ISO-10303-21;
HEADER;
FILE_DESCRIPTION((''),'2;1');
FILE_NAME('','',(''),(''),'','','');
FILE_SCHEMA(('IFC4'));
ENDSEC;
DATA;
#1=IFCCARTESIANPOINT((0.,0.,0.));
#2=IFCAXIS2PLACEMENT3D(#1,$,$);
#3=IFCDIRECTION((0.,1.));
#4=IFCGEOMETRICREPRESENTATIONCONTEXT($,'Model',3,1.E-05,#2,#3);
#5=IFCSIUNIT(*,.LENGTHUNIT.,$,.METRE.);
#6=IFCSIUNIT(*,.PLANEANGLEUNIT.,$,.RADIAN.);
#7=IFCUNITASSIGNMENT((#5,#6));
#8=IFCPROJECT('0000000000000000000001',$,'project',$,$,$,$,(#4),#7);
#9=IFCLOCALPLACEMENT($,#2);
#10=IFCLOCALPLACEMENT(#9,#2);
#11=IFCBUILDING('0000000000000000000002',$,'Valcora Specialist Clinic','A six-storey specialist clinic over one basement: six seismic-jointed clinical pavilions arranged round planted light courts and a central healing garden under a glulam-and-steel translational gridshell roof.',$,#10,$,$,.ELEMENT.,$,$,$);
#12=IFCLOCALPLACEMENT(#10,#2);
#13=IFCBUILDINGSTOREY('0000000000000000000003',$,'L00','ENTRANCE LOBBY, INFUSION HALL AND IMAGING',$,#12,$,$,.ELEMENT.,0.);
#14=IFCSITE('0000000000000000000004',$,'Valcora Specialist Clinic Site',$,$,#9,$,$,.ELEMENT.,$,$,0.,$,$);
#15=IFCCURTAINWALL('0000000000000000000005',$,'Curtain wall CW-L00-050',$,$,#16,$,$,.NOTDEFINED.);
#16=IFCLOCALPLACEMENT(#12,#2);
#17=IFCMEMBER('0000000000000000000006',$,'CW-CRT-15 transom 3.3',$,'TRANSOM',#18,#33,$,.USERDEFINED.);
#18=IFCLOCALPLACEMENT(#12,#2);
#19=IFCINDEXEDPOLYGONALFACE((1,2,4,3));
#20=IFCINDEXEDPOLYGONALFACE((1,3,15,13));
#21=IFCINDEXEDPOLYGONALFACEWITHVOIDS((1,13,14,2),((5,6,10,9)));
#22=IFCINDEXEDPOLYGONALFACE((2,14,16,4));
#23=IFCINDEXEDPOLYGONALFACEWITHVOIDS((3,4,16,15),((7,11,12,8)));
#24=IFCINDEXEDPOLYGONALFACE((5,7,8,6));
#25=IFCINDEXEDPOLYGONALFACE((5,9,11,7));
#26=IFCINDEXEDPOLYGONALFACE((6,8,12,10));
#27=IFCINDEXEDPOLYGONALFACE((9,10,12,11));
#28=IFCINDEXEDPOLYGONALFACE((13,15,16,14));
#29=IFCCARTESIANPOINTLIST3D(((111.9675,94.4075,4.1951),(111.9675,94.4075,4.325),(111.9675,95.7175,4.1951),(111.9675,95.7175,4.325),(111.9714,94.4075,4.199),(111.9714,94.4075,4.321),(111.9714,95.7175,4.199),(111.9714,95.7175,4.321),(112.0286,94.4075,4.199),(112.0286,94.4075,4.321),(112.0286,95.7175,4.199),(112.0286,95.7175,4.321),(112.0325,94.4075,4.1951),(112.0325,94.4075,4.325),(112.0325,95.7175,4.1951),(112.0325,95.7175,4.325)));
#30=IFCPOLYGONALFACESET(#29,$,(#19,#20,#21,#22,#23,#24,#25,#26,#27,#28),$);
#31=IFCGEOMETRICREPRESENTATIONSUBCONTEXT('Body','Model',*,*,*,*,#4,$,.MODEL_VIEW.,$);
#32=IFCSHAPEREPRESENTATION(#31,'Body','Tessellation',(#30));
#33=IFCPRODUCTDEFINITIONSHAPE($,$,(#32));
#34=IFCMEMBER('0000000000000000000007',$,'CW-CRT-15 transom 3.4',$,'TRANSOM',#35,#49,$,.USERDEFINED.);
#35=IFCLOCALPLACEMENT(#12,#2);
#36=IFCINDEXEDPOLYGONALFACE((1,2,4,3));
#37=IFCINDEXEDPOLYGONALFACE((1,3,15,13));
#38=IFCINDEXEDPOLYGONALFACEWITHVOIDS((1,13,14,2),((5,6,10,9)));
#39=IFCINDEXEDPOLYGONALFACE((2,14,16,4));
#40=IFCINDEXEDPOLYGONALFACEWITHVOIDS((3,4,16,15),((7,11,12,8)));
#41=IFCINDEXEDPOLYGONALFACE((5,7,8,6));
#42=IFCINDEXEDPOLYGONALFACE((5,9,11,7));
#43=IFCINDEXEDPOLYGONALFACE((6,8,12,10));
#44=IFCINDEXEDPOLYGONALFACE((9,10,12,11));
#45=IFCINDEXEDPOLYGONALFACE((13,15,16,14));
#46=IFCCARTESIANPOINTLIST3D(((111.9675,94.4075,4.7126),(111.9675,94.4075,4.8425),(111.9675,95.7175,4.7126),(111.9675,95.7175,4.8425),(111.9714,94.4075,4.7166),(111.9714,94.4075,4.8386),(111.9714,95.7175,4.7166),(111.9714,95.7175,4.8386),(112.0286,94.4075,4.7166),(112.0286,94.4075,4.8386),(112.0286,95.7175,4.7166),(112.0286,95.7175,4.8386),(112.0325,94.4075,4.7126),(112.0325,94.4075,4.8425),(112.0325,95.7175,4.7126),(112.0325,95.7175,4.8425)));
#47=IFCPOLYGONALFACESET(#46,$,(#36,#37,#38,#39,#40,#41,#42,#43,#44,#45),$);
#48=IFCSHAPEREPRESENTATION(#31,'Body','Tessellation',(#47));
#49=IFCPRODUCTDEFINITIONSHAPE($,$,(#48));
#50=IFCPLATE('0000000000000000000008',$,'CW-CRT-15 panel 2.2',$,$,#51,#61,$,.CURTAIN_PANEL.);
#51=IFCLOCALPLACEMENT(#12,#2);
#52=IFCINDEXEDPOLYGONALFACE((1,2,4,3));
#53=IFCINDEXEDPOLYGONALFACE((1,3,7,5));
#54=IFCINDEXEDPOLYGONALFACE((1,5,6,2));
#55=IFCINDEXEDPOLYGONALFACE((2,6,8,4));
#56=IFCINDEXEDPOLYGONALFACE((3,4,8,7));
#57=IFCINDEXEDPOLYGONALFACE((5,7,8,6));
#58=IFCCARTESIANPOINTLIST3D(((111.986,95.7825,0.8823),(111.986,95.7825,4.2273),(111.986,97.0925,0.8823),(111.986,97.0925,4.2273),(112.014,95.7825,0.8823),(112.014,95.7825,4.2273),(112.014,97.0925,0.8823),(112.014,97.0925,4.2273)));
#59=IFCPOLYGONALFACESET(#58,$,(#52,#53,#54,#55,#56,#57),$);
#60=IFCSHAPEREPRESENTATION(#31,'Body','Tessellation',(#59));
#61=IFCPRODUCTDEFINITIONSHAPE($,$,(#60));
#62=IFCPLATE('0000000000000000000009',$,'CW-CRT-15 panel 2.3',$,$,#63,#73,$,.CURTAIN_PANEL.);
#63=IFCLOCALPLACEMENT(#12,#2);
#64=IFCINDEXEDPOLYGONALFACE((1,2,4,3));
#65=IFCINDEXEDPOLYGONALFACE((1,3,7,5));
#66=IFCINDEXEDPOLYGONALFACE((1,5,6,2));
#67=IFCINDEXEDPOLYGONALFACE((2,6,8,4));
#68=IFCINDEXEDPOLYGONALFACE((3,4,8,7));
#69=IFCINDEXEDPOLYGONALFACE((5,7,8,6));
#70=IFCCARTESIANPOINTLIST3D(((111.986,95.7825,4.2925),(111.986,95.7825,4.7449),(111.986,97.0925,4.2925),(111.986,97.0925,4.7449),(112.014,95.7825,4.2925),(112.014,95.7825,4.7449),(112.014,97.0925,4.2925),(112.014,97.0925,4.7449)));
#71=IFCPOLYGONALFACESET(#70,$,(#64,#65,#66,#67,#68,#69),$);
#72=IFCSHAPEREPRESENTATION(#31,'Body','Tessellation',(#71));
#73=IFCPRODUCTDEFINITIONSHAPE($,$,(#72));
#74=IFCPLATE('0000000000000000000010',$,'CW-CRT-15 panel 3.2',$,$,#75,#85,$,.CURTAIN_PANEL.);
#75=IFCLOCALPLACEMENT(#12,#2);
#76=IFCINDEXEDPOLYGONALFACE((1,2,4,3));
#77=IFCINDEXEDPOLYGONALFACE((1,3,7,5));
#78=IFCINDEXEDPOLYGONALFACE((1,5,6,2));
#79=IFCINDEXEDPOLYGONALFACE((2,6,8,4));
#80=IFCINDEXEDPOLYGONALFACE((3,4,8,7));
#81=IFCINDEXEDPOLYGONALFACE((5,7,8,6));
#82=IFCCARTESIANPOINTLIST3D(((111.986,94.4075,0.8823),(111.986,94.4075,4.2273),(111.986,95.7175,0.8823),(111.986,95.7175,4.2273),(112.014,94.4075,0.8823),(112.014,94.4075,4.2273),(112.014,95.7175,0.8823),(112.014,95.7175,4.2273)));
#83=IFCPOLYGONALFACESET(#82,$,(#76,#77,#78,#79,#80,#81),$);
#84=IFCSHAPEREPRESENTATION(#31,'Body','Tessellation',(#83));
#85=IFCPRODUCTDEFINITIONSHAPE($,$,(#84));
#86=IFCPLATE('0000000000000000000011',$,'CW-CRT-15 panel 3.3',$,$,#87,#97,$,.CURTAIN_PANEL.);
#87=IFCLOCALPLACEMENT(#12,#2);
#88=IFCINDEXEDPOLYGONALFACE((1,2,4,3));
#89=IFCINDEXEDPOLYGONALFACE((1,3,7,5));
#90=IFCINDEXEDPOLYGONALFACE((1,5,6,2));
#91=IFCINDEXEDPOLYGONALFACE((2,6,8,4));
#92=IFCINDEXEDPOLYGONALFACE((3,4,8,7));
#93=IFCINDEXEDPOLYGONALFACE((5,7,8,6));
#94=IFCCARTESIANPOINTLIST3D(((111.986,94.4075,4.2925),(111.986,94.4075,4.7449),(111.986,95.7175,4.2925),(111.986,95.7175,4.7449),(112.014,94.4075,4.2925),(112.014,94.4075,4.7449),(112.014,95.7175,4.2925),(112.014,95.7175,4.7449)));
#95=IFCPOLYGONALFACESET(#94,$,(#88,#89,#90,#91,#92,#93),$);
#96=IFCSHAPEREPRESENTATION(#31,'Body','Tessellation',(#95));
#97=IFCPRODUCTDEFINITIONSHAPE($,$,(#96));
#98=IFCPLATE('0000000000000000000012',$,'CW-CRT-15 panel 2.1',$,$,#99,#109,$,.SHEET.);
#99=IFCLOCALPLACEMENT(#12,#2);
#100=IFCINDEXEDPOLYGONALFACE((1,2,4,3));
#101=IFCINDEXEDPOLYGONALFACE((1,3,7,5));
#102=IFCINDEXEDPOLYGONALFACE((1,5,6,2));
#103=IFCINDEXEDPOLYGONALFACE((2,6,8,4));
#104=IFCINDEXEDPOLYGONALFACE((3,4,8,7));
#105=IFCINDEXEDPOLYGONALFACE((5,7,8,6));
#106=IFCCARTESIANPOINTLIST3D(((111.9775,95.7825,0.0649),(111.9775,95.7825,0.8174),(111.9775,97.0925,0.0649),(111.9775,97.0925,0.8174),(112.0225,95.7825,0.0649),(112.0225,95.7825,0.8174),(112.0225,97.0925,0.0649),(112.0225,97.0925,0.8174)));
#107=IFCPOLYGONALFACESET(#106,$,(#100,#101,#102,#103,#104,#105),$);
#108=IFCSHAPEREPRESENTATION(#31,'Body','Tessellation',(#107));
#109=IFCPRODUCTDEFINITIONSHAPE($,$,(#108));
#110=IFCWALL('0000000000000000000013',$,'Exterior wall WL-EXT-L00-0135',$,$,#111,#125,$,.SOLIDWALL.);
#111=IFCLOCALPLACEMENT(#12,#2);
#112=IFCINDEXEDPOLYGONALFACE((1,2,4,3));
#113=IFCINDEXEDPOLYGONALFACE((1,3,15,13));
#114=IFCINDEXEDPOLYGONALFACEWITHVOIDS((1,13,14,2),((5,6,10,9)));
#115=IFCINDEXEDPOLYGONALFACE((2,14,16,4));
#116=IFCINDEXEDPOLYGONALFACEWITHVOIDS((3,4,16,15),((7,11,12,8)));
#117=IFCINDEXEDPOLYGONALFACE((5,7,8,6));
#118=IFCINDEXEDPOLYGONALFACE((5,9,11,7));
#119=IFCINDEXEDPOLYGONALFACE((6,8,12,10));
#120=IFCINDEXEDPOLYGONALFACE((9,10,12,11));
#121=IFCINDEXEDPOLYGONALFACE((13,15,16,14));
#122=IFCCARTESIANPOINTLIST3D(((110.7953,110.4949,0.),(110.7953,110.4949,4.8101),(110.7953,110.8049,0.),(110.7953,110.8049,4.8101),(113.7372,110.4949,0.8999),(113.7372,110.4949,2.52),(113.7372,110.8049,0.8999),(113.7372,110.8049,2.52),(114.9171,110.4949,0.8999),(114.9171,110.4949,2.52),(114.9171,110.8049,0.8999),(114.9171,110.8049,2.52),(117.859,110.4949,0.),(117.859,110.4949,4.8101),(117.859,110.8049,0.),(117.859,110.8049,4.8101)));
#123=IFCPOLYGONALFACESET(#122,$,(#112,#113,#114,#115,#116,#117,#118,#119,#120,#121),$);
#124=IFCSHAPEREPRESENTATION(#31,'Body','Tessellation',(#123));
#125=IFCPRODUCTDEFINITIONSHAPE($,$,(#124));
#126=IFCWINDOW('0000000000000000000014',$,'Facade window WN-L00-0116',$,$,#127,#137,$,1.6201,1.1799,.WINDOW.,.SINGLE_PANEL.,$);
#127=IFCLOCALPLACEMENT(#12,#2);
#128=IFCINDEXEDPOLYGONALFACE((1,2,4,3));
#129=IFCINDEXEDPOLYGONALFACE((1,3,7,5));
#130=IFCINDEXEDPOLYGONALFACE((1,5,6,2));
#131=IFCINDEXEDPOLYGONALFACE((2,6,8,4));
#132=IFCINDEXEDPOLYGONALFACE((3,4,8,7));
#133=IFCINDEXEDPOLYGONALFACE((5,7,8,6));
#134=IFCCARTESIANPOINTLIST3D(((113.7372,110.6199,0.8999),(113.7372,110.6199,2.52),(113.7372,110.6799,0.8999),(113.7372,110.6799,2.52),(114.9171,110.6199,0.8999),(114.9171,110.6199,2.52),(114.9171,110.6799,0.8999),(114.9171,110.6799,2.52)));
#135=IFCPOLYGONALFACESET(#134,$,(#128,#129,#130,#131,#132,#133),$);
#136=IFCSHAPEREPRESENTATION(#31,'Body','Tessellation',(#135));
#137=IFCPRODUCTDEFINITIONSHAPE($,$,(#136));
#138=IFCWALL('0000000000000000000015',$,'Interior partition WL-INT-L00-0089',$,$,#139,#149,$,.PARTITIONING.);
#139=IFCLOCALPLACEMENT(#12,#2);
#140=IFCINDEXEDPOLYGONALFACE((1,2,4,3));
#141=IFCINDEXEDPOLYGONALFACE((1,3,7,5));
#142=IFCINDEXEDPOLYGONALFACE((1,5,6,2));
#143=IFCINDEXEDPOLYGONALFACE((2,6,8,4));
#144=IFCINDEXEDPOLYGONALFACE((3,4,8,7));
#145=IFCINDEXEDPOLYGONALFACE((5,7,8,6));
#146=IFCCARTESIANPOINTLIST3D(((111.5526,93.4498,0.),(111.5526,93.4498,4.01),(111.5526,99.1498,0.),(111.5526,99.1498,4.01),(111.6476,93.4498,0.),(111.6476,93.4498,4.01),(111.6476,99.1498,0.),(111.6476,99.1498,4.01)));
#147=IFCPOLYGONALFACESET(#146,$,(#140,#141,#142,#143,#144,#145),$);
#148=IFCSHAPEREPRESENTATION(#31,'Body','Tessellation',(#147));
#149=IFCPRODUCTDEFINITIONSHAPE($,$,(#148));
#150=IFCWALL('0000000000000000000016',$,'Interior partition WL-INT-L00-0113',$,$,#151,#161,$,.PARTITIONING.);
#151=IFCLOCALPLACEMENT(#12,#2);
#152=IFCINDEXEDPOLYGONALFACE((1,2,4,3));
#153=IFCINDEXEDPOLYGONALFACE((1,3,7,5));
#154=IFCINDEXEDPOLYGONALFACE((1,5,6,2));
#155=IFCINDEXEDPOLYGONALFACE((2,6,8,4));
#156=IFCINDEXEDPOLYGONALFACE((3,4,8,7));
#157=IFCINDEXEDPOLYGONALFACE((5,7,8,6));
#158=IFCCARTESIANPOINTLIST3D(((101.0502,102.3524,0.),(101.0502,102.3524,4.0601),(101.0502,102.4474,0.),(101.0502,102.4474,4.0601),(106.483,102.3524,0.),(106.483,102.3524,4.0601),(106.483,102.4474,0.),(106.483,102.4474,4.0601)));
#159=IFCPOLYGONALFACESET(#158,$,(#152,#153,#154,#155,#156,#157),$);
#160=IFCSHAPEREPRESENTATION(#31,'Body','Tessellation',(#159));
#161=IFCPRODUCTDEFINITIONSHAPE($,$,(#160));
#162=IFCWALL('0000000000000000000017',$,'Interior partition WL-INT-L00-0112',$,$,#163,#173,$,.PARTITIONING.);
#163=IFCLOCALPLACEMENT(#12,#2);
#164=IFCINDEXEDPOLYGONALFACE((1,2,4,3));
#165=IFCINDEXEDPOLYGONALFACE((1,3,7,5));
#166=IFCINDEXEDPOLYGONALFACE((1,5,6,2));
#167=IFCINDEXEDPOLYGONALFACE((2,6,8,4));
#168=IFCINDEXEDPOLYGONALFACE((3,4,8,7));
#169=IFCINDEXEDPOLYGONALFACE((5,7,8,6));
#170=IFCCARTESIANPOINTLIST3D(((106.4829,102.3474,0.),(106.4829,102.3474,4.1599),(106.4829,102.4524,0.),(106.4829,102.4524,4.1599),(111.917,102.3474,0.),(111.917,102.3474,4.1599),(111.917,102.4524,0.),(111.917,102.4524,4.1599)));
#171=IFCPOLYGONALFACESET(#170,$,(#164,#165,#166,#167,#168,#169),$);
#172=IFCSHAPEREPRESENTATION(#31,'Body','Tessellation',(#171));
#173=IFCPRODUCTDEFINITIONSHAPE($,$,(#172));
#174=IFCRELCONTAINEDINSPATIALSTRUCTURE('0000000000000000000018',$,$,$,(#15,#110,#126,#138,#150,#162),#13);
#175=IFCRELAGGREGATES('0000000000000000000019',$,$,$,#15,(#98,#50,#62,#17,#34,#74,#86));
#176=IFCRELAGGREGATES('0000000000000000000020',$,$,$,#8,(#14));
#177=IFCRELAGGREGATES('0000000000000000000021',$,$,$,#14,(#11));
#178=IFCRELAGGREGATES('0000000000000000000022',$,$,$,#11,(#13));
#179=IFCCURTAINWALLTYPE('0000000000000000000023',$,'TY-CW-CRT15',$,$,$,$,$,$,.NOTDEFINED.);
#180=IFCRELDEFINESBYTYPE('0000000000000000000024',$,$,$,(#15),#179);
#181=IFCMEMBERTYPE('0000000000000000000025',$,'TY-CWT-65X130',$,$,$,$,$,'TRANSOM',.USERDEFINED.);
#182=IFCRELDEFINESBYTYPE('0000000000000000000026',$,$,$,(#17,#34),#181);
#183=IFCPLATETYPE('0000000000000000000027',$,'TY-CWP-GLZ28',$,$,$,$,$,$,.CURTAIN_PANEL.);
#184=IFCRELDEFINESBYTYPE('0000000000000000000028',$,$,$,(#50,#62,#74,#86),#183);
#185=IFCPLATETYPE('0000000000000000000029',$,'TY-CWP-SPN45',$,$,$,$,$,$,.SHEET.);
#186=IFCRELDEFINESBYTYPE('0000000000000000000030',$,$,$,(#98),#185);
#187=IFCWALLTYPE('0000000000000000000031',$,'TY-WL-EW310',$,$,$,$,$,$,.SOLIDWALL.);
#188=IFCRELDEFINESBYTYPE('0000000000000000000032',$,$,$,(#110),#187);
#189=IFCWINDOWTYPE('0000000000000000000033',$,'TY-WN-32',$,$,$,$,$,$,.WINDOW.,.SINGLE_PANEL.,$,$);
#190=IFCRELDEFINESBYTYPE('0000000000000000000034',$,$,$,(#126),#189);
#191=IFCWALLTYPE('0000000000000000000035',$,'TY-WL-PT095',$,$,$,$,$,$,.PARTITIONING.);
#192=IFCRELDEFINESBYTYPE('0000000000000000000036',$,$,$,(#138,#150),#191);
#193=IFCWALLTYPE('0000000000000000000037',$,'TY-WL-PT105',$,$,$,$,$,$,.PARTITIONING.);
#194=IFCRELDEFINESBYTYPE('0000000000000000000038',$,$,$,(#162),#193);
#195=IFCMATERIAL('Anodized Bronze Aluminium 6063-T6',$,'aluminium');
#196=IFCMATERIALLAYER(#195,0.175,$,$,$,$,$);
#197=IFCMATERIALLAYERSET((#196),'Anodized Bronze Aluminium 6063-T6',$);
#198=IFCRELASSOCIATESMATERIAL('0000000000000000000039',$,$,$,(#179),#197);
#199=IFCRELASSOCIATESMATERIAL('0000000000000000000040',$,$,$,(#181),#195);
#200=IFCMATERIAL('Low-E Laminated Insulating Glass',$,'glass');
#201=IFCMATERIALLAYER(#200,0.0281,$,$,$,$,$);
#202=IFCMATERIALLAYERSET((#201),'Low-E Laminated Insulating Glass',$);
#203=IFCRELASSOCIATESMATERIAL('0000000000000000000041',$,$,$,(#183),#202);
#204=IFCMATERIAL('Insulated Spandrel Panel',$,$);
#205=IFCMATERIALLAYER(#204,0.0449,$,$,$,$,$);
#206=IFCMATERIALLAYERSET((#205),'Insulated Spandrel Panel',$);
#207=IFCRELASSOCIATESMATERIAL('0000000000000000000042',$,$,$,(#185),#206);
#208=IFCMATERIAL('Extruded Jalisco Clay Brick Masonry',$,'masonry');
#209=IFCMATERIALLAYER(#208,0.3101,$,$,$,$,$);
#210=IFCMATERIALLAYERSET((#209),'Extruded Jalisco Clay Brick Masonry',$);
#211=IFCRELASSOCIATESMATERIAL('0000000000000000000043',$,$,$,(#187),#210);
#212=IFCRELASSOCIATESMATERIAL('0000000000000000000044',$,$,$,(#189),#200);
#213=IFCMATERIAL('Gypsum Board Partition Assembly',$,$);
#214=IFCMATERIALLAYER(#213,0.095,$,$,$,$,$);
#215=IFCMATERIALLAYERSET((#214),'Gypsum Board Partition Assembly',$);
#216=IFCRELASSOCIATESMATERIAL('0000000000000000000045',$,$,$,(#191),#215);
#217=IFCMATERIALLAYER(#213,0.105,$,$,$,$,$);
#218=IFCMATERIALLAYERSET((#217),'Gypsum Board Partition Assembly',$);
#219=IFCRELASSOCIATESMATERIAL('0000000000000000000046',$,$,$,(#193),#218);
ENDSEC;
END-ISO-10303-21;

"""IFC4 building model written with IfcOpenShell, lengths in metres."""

from ifc_helpers import new_model, si_unit, direction, frame, frame_2d, origin, origin_2d, place, context, subcontext, project, spatial, rectangle, hollow_rectangle, extrude, material, layer, layer_set, material_profile, profile_set, type_object, element, fill, aggregate, save


model = new_model("IFC4")

# Units and contexts
model_context = context("Model", 3, precision=1e-05, world=origin(), true_north=direction((0.0, 1.0)))
body_context = subcontext(model_context, "Body", "Model", "MODEL_VIEW")
ifc_project = project(units=[si_unit("LENGTHUNIT", "METRE"), si_unit("PLANEANGLEUNIT", "RADIAN")], contexts=[model_context])

# Site, building, storey
site_placement = place(None, origin())
site = spatial("IfcSite", under=ifc_project, at=site_placement, Name="Valcora Specialist Clinic Site", CompositionType="ELEMENT", RefElevation=0.0)
building_placement = place(site_placement, origin())
building = spatial("IfcBuilding", under=site, at=building_placement, Name="Valcora Specialist Clinic", Description="A six-storey specialist clinic over one basement: six seismic-jointed clinical pavilions arranged round planted light courts and a central healing garden under a glulam-and-steel translational gridshell roof.", CompositionType="ELEMENT")
storey_placement = place(building_placement, origin())
storey = spatial("IfcBuildingStorey", under=building, at=storey_placement, Name="L00", Description="ENTRANCE LOBBY, INFUSION HALL AND IMAGING", CompositionType="ELEMENT", Elevation=0.0)

# Curtain wall, members, plates
ifc_material_1 = material(Name="Anodized Bronze Aluminium 6063-T6", Category="aluminium")
ifc_layer_1 = layer(ifc_material_1, 0.175)
ifc_layer_set_1 = layer_set([ifc_layer_1], Name="Anodized Bronze Aluminium 6063-T6")
curtain_wall_type = type_object("IfcCurtainWallType", Name="TY-CW-CRT15", PredefinedType="NOTDEFINED", material=ifc_layer_set_1)
curtain_wall_placement = place(storey_placement, origin())
curtain_wall = element("IfcCurtainWall", 1, at=curtain_wall_placement, inside=storey, type_object=curtain_wall_type, Name="Curtain wall CW-L00-050", PredefinedType="NOTDEFINED")
ifc_material_profile_1 = material_profile(ifc_material_1, hollow_rectangle(XDim=0.0649, YDim=0.1299, WallThickness=0.0039, at=origin_2d()), Name="AL-TRN-65X130")
ifc_profile_set_1 = profile_set([ifc_material_profile_1], Name="Anodized Bronze Aluminium 6063-T6")
member_type_1 = type_object("IfcMemberType", Name="TY-CWT-65X130", ElementType="TRANSOM", PredefinedType="USERDEFINED", material=ifc_profile_set_1)
member_1_placement = place(storey_placement, frame((112.0, 95.7175, 4.26), z_axis=(0.0, -1.0, 0.0), x_axis=(1.0, 0.0, 0.0)))
member_1 = element("IfcMember", 2, at=member_1_placement, type_object=member_type_1, Name="CW-CRT-15 transom 3.3", ObjectType="TRANSOM", PredefinedType="USERDEFINED", context=body_context, shape_type="SweptSolid", body=[
    extrude(hollow_rectangle(XDim=0.0649, YDim=0.1299, WallThickness=0.0039, at=origin_2d()), origin(), (0.0, 0.0, 1.0), 1.3101),
])
member_2_placement = place(storey_placement, frame((112.0, 95.7175, 4.7776), z_axis=(0.0, -1.0, 0.0), x_axis=(1.0, 0.0, 0.0)))
member_2 = element("IfcMember", 3, at=member_2_placement, type_object=member_type_1, Name="CW-CRT-15 transom 3.4", ObjectType="TRANSOM", PredefinedType="USERDEFINED", context=body_context, shape_type="SweptSolid", body=[
    extrude(hollow_rectangle(XDim=0.0649, YDim=0.1299, WallThickness=0.0039, at=origin_2d()), origin(), (0.0, 0.0, 1.0), 1.3101),
])
ifc_material_2 = material(Name="Low-E Laminated Insulating Glass", Category="glass")
ifc_layer_2 = layer(ifc_material_2, 0.0281)
ifc_layer_set_2 = layer_set([ifc_layer_2], Name="Low-E Laminated Insulating Glass")
plate_type_1 = type_object("IfcPlateType", Name="TY-CWP-GLZ28", PredefinedType="CURTAIN_PANEL", material=ifc_layer_set_2)
plate_1_placement = place(storey_placement, frame((112.0, 96.4375, 0.8823), z_axis=(0.0, 0.0, 1.0), x_axis=(0.0, -1.0, 0.0)))
plate_1 = element("IfcPlate", 4, at=plate_1_placement, type_object=plate_type_1, Name="CW-CRT-15 panel 2.2", PredefinedType="CURTAIN_PANEL", context=body_context, shape_type="SweptSolid", body=[
    extrude(rectangle(XDim=1.3101, YDim=0.0281, at=origin_2d()), origin(), (0.0, 0.0, 1.0), 3.345),
])
plate_2_placement = place(storey_placement, frame((112.0, 96.4375, 4.2925), z_axis=(0.0, 0.0, 1.0), x_axis=(0.0, -1.0, 0.0)))
plate_2 = element("IfcPlate", 5, at=plate_2_placement, type_object=plate_type_1, Name="CW-CRT-15 panel 2.3", PredefinedType="CURTAIN_PANEL", context=body_context, shape_type="SweptSolid", body=[
    extrude(rectangle(XDim=1.3101, YDim=0.0281, at=origin_2d()), origin(), (0.0, 0.0, 1.0), 0.4524),
])
plate_3_placement = place(storey_placement, frame((112.0, 95.0625, 0.8823), z_axis=(0.0, 0.0, 1.0), x_axis=(0.0, -1.0, 0.0)))
plate_3 = element("IfcPlate", 6, at=plate_3_placement, type_object=plate_type_1, Name="CW-CRT-15 panel 3.2", PredefinedType="CURTAIN_PANEL", context=body_context, shape_type="SweptSolid", body=[
    extrude(rectangle(XDim=1.3101, YDim=0.0281, at=origin_2d()), origin(), (0.0, 0.0, 1.0), 3.345),
])
plate_4_placement = place(storey_placement, frame((112.0, 95.0625, 4.2925), z_axis=(0.0, 0.0, 1.0), x_axis=(0.0, -1.0, 0.0)))
plate_4 = element("IfcPlate", 7, at=plate_4_placement, type_object=plate_type_1, Name="CW-CRT-15 panel 3.3", PredefinedType="CURTAIN_PANEL", context=body_context, shape_type="SweptSolid", body=[
    extrude(rectangle(XDim=1.3101, YDim=0.0281, at=origin_2d()), origin(), (0.0, 0.0, 1.0), 0.4524),
])
ifc_material_3 = material(Name="Insulated Spandrel Panel")
ifc_layer_3 = layer(ifc_material_3, 0.0449)
ifc_layer_set_3 = layer_set([ifc_layer_3], Name="Insulated Spandrel Panel")
plate_type_2 = type_object("IfcPlateType", Name="TY-CWP-SPN45", PredefinedType="SHEET", material=ifc_layer_set_3)
plate_5_placement = place(storey_placement, frame((112.0, 96.4375, 0.0649), z_axis=(0.0, 0.0, 1.0), x_axis=(0.0, -1.0, 0.0)))
plate_5 = element("IfcPlate", 8, at=plate_5_placement, type_object=plate_type_2, Name="CW-CRT-15 panel 2.1", PredefinedType="SHEET", context=body_context, shape_type="SweptSolid", body=[
    extrude(rectangle(XDim=1.3101, YDim=0.0449, at=origin_2d()), origin(), (0.0, 0.0, 1.0), 0.7524),
])
aggregate(curtain_wall, [plate_5, plate_1, plate_2, member_1, member_2, plate_3, plate_4])

# Wall, opening, window
ifc_material_4 = material(Name="Extruded Jalisco Clay Brick Masonry", Category="masonry")
ifc_layer_4 = layer(ifc_material_4, 0.3101)
ifc_layer_set_4 = layer_set([ifc_layer_4], Name="Extruded Jalisco Clay Brick Masonry")
wall_type_1 = type_object("IfcWallType", Name="TY-WL-EW310", PredefinedType="SOLIDWALL", material=ifc_layer_set_4)
wall_1_placement = place(storey_placement, frame((110.7954, 110.6499, 0.0), z_axis=(0.0, 0.0, 1.0), x_axis=(1.0, 0.0, 0.0)))
wall_1 = element("IfcWall", 9, at=wall_1_placement, inside=storey, type_object=wall_type_1, Name="Exterior wall WL-EXT-L00-0135", PredefinedType="SOLIDWALL", context=body_context, shape_type="SweptSolid", body=[
    extrude(rectangle(XDim=7.0637, YDim=0.3101, at=frame_2d((3.5317, 0.0))), origin(), (0.0, 0.0, 1.0), 4.8101),
])
opening_placement = place(wall_1_placement, frame((2.9419, 0.0, 0.8999)))
opening = element("IfcOpeningElement", 10, at=opening_placement, cuts=wall_1, PredefinedType="OPENING", context=body_context, shape_type="SweptSolid", body=[
    extrude(rectangle(XDim=1.1799, YDim=1.6201, at=frame_2d((0.5898, 0.8101))), frame((0.0, 0.165, 0.0), z_axis=(0.0, -1.0, 0.0), x_axis=(1.0, 0.0, 0.0)), (0.0, 0.0, 1.0), 0.3301),
])
window_type = type_object("IfcWindowType", Name="TY-WN-32", PartitioningType="SINGLE_PANEL", PredefinedType="WINDOW", material=ifc_material_2)
window_placement = place(opening_placement, origin())
window = element("IfcWindow", 11, at=window_placement, inside=storey, type_object=window_type, Name="Facade window WN-L00-0116", OverallHeight=1.6201, OverallWidth=1.1799, PartitioningType="SINGLE_PANEL", PredefinedType="WINDOW", context=body_context, shape_type="SweptSolid", body=[
    extrude(rectangle(XDim=1.1799, YDim=1.6201, at=frame_2d((0.5898, 0.8101))), frame((0.0, 0.03, 0.0), z_axis=(0.0, -1.0, 0.0), x_axis=(1.0, 0.0, 0.0)), (0.0, 0.0, 1.0), 0.0601),
])
fill(opening, window)

# Walls
ifc_material_5 = material(Name="Gypsum Board Partition Assembly")
ifc_layer_5 = layer(ifc_material_5, 0.095)
ifc_layer_set_5 = layer_set([ifc_layer_5], Name="Gypsum Board Partition Assembly")
wall_type_2 = type_object("IfcWallType", Name="TY-WL-PT095", PredefinedType="PARTITIONING", material=ifc_layer_set_5)
wall_2_placement = place(storey_placement, frame((111.6001, 99.1499, 0.0), z_axis=(0.0, 0.0, 1.0), x_axis=(0.0, -1.0, 0.0)))
element("IfcWall", 12, at=wall_2_placement, inside=storey, type_object=wall_type_2, Name="Interior partition WL-INT-L00-0089", PredefinedType="PARTITIONING", context=body_context, shape_type="SweptSolid", body=[
    extrude(rectangle(XDim=5.7, YDim=0.095, at=frame_2d((2.8501, 0.0))), origin(), (0.0, 0.0, 1.0), 4.01),
])
wall_3_placement = place(storey_placement, frame((106.4829, 102.3999, 0.0), z_axis=(0.0, 0.0, 1.0), x_axis=(-1.0, 0.0, 0.0)))
element("IfcWall", 13, at=wall_3_placement, inside=storey, type_object=wall_type_2, Name="Interior partition WL-INT-L00-0113", PredefinedType="PARTITIONING", context=body_context, shape_type="SweptSolid", body=[
    extrude(rectangle(XDim=5.4329, YDim=0.095, at=frame_2d((2.7163, 0.0))), origin(), (0.0, 0.0, 1.0), 4.0601),
])
ifc_layer_6 = layer(ifc_material_5, 0.105)
ifc_layer_set_6 = layer_set([ifc_layer_6], Name="Gypsum Board Partition Assembly")
wall_type_3 = type_object("IfcWallType", Name="TY-WL-PT105", PredefinedType="PARTITIONING", material=ifc_layer_set_6)
wall_4_placement = place(storey_placement, frame((111.917, 102.3999, 0.0), z_axis=(0.0, 0.0, 1.0), x_axis=(-1.0, 0.0, 0.0)))
element("IfcWall", 14, at=wall_4_placement, inside=storey, type_object=wall_type_3, Name="Interior partition WL-INT-L00-0112", PredefinedType="PARTITIONING", context=body_context, shape_type="SweptSolid", body=[
    extrude(rectangle(XDim=5.4341, YDim=0.105, at=frame_2d((2.717, 0.0))), origin(), (0.0, 0.0, 1.0), 4.1599),
])

save(model, "model.ifc")
